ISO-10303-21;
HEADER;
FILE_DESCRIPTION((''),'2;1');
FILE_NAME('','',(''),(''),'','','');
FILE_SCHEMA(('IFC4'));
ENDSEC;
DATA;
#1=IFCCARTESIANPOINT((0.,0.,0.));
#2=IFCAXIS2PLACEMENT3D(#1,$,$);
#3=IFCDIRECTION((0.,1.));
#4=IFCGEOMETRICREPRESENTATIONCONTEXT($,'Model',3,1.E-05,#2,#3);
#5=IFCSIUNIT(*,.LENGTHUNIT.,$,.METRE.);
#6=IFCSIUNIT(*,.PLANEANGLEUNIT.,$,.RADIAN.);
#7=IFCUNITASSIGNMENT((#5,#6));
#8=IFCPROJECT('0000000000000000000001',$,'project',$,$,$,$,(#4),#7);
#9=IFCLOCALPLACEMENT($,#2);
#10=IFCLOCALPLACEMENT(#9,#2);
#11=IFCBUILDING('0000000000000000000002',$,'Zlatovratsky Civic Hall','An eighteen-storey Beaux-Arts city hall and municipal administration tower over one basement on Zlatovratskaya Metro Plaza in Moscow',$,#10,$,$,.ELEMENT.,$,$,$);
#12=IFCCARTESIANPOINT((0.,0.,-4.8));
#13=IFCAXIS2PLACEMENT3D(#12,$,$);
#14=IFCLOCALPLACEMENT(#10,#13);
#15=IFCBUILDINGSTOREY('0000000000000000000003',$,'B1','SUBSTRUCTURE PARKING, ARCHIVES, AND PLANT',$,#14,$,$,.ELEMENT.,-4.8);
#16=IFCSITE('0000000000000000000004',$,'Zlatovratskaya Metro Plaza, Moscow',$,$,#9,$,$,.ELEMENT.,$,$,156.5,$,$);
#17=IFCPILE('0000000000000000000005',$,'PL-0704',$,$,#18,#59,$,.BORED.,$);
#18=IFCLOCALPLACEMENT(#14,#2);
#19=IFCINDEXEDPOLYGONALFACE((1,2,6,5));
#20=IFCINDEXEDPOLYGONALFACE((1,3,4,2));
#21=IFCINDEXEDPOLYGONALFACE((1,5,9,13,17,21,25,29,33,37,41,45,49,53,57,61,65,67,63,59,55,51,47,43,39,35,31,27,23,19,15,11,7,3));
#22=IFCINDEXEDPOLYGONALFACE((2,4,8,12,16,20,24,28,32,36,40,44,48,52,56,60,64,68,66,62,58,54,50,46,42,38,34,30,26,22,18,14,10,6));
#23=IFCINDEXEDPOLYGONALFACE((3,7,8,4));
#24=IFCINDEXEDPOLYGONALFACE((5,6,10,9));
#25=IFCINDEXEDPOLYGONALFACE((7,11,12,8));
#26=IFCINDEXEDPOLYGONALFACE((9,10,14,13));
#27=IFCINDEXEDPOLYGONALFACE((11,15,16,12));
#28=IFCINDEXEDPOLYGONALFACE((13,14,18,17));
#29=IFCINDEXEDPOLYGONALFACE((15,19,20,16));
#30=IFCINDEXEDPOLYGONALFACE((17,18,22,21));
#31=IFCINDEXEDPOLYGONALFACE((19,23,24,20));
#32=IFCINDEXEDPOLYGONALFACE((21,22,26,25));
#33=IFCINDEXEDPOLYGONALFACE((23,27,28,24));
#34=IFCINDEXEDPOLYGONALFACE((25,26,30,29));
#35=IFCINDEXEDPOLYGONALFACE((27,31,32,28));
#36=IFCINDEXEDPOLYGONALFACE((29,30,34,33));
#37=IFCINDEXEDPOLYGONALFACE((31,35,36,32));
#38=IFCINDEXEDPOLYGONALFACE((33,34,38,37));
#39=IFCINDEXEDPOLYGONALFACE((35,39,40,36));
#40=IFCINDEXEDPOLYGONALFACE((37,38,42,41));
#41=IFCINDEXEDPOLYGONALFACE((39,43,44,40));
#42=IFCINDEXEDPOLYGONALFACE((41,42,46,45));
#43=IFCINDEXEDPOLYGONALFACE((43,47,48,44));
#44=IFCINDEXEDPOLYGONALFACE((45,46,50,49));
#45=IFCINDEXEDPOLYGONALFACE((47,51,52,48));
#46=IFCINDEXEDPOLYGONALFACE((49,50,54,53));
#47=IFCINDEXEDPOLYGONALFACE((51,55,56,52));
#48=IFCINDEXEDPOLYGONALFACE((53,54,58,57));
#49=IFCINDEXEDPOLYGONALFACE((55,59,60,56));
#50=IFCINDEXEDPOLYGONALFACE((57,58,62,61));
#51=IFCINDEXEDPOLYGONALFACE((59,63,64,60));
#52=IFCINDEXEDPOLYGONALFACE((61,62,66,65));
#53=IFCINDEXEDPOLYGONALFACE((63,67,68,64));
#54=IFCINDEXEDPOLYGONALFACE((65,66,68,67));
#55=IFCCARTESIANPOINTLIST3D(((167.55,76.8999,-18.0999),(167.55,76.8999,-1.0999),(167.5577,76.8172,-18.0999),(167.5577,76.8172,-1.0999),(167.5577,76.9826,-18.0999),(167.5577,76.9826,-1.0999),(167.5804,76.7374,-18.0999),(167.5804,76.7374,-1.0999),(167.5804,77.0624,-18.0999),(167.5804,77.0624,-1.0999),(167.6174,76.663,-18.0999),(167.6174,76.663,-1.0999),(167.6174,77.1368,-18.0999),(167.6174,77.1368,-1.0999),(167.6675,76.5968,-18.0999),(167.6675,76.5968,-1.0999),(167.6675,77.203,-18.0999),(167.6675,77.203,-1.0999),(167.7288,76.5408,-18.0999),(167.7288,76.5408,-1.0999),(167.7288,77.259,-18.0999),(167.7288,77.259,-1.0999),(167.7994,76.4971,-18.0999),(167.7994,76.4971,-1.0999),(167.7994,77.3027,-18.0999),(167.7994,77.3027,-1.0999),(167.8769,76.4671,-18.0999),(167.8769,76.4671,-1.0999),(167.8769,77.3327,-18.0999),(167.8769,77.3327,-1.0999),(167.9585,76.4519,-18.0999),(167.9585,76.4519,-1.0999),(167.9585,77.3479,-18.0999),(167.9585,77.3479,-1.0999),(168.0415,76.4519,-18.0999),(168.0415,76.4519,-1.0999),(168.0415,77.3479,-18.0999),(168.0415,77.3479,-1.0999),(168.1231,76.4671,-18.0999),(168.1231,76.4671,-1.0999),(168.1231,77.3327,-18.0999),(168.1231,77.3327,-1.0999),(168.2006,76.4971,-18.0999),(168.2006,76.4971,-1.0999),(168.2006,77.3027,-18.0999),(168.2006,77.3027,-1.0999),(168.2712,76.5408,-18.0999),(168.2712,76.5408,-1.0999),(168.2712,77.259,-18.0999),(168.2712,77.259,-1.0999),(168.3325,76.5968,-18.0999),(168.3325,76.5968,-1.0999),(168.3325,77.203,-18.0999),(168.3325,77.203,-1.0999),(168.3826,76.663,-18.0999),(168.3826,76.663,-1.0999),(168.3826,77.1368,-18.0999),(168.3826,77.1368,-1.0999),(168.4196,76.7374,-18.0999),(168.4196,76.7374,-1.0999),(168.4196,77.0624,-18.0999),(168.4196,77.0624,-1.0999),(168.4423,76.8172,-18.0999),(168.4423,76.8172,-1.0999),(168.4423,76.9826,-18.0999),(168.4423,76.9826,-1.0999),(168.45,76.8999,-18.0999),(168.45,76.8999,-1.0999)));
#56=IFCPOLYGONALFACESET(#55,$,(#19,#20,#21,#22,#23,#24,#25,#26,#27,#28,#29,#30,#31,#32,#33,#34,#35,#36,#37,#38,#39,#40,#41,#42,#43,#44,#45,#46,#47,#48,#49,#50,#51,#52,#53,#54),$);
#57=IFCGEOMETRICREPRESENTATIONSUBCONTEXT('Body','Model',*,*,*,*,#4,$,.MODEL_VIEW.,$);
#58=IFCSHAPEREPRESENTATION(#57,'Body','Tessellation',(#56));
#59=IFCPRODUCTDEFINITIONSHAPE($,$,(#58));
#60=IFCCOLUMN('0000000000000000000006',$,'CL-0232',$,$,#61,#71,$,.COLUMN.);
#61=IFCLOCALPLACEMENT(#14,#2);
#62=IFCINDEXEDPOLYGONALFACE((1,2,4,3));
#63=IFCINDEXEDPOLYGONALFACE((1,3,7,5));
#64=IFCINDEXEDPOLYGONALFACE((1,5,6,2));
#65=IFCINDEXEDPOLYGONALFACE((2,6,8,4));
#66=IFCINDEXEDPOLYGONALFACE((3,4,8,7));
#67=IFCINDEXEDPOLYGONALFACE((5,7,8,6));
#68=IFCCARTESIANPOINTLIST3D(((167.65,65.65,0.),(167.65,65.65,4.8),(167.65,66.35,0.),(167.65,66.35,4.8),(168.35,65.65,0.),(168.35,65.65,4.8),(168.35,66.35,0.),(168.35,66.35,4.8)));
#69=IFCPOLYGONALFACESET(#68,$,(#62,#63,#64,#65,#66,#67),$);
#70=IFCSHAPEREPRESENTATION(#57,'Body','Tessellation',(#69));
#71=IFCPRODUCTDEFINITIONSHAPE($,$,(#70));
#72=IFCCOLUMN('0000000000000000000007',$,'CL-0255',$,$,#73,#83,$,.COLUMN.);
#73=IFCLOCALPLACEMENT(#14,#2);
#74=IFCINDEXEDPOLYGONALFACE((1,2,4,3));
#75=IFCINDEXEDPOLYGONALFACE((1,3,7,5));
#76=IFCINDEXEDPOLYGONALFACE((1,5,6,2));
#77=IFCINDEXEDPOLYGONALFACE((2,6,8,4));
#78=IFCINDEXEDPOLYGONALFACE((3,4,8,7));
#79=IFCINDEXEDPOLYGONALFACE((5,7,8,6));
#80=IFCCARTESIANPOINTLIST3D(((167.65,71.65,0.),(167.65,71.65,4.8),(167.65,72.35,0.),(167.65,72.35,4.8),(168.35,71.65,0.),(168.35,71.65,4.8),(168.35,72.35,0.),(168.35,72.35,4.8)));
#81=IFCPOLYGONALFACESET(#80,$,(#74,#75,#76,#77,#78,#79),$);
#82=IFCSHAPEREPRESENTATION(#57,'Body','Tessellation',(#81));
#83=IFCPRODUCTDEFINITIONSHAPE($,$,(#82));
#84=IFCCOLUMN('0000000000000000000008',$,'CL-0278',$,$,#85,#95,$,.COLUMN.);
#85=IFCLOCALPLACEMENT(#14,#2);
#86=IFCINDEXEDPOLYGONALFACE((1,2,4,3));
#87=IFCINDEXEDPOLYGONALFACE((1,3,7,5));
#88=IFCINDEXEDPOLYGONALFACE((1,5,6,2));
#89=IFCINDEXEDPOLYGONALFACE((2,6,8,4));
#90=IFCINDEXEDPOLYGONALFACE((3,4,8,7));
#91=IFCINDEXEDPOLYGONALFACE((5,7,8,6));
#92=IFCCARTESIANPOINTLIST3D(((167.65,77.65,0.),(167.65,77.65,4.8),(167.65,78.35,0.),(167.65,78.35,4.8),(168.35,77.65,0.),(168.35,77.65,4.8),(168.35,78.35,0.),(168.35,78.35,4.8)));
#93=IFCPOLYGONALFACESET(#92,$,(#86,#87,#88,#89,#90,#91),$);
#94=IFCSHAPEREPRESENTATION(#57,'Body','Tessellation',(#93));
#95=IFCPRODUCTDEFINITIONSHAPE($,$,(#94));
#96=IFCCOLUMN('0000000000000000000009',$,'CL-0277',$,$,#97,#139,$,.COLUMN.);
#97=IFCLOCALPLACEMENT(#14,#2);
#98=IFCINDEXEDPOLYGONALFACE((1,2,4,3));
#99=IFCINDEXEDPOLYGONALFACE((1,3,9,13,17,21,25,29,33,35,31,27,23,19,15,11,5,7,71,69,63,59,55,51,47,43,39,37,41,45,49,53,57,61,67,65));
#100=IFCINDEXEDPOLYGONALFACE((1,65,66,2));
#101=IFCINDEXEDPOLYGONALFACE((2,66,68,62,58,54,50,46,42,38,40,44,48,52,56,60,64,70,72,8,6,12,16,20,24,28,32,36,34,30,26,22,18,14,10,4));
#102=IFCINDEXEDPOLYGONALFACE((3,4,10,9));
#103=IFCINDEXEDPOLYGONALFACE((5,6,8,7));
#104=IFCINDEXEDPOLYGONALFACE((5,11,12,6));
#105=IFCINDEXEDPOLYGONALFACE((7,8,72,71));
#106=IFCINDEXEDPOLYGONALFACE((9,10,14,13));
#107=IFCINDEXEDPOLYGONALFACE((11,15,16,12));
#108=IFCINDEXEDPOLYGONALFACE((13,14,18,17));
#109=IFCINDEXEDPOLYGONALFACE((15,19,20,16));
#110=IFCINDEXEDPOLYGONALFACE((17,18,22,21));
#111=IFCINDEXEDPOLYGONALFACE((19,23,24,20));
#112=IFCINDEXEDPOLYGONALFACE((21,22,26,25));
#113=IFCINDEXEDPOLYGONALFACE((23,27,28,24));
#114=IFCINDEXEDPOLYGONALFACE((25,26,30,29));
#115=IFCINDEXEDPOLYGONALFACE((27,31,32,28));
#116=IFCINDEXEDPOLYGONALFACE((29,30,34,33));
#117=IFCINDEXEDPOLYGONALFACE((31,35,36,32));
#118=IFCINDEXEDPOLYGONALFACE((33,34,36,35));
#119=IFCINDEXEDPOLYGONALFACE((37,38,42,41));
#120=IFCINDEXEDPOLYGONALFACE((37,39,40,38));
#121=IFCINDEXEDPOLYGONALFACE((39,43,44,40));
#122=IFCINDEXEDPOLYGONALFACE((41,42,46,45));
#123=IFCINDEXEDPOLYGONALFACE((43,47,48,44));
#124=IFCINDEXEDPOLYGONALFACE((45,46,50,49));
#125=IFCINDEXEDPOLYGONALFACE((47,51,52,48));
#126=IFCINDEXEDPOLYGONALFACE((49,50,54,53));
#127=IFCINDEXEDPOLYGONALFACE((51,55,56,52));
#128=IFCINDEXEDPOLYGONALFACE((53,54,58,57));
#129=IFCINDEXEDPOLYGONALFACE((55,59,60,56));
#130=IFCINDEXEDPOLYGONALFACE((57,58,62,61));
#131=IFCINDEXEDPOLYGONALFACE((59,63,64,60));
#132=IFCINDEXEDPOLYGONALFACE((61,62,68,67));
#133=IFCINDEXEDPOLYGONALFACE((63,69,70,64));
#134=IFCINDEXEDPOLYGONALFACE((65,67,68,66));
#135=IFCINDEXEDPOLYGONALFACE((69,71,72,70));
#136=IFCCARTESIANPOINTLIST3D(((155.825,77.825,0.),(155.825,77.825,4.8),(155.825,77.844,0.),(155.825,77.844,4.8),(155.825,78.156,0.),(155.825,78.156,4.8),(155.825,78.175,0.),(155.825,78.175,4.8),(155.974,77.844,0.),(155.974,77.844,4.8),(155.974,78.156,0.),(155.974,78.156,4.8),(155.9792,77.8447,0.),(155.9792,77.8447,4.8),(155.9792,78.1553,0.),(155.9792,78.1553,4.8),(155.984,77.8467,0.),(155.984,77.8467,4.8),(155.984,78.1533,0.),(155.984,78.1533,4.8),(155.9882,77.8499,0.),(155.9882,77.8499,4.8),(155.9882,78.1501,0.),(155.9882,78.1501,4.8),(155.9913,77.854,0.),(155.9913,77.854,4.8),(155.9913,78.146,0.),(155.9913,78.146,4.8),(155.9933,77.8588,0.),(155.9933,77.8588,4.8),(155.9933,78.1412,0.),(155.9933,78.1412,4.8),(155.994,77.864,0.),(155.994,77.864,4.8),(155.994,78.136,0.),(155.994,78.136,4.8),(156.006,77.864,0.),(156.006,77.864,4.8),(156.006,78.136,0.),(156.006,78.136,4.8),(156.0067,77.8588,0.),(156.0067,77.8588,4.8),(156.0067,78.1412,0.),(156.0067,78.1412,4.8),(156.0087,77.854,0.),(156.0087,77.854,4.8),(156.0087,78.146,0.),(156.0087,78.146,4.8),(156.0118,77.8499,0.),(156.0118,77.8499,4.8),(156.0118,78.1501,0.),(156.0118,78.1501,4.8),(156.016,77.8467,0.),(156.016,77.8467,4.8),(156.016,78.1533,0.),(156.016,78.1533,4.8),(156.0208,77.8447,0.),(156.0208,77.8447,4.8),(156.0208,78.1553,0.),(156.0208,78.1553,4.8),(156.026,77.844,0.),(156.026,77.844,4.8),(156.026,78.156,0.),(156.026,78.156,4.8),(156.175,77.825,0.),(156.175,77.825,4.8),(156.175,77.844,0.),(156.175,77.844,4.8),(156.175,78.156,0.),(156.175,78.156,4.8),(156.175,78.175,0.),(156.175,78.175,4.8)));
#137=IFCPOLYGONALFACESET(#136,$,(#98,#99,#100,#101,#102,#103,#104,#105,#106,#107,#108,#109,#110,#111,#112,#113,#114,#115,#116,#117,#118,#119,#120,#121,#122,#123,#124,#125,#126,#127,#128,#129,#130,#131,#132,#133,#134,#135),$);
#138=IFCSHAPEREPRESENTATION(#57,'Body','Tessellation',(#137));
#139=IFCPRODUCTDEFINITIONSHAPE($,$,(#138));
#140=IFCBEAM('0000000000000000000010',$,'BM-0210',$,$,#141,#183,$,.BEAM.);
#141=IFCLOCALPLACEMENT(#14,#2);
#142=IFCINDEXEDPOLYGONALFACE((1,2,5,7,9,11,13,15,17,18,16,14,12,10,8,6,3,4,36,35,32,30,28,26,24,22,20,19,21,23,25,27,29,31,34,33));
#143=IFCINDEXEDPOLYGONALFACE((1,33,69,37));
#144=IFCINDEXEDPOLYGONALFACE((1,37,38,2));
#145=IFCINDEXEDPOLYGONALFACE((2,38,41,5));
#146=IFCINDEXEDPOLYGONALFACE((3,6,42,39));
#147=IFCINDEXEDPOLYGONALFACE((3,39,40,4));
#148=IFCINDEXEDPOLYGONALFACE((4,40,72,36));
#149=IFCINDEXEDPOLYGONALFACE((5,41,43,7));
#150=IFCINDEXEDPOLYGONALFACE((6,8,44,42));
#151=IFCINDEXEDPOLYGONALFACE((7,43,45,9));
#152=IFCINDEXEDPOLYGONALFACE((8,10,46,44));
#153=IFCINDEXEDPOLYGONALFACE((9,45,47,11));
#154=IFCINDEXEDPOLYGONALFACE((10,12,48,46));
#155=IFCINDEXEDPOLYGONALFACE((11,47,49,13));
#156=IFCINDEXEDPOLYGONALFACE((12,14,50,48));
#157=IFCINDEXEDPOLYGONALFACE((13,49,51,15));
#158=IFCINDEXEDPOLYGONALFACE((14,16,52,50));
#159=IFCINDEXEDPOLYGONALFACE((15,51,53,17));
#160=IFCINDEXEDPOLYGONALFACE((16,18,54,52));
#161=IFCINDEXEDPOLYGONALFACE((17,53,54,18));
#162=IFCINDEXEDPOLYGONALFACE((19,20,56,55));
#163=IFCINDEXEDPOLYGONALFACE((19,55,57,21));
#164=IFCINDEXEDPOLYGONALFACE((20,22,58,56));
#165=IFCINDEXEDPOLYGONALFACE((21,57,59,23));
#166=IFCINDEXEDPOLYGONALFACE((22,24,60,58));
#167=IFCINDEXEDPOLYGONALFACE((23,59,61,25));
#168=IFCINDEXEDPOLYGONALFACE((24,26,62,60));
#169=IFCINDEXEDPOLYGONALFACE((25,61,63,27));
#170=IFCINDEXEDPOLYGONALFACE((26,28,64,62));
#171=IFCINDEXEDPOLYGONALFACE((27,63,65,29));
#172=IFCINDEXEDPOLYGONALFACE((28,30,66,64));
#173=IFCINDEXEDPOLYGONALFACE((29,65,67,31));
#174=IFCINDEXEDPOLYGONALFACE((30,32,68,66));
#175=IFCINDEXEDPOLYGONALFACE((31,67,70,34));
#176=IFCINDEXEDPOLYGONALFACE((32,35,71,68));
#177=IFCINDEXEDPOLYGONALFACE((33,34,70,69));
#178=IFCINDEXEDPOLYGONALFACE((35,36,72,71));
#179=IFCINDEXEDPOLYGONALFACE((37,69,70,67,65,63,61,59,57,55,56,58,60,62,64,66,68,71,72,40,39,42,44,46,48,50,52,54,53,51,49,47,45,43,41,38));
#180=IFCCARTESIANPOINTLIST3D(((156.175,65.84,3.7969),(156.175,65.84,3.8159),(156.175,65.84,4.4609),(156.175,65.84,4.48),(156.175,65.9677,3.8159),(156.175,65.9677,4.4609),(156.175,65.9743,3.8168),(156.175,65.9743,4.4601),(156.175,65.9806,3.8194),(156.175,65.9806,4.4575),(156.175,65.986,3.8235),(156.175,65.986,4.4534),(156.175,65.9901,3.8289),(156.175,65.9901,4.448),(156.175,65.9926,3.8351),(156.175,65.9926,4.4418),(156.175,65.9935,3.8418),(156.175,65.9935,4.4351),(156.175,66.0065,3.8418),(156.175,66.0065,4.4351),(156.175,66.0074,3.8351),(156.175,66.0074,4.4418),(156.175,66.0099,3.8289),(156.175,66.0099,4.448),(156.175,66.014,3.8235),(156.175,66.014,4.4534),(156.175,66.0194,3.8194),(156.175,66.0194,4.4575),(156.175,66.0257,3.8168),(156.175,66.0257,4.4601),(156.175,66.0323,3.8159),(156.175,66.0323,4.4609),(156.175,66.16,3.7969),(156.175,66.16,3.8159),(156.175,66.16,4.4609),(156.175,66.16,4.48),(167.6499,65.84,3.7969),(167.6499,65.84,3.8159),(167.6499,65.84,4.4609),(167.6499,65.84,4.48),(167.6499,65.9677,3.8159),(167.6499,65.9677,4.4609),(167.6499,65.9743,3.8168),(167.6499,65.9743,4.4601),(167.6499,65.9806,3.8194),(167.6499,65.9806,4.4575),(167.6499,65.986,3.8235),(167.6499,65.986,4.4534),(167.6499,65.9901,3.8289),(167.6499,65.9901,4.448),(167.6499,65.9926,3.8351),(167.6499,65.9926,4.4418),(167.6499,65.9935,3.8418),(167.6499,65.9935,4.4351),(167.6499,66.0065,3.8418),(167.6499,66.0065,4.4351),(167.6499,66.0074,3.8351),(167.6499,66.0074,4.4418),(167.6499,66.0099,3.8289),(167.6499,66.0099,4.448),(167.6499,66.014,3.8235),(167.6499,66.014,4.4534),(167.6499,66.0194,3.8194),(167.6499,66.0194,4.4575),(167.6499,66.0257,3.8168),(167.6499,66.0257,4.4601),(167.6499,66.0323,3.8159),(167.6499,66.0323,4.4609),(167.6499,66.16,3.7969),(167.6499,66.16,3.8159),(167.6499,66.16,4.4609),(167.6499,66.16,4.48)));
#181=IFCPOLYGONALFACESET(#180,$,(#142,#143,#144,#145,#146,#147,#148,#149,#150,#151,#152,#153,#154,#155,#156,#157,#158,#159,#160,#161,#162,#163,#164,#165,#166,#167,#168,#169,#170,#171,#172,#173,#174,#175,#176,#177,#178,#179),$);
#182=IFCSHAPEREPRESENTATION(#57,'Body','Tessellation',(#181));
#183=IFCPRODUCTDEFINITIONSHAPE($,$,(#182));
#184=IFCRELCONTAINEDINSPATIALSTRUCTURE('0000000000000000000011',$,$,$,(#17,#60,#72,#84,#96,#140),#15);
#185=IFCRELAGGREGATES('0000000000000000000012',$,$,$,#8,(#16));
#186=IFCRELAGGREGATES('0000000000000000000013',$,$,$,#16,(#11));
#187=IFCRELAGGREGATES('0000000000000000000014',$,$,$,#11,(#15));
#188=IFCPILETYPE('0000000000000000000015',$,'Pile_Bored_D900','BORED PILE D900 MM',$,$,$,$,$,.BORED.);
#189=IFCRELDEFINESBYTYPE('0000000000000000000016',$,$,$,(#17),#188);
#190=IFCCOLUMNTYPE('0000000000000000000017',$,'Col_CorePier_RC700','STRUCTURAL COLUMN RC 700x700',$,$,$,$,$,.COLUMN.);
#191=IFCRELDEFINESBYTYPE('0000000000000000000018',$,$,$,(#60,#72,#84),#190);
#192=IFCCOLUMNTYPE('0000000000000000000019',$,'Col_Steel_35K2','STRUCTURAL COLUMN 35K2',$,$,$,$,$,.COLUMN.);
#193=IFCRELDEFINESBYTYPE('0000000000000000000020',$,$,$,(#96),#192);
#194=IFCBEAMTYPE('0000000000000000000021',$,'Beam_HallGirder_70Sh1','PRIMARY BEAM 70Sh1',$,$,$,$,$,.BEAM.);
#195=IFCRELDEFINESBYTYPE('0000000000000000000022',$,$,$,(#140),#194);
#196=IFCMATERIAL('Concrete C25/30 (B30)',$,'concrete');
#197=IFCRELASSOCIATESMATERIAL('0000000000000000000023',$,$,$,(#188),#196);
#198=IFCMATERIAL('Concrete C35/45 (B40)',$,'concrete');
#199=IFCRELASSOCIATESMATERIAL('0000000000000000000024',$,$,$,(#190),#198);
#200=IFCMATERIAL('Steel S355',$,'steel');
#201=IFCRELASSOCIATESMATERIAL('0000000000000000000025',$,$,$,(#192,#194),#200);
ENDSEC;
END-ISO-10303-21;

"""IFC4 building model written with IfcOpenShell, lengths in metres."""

from ifc_helpers import new_model, si_unit, direction, frame, origin, origin_2d, place, context, subcontext, project, spatial, rectangle, circle, i_section, extrude, material, material_profile, profile_set, type_object, element, save


model = new_model("IFC4")

# Units and contexts
model_context = context("Model", 3, precision=1e-05, world=origin(), true_north=direction((0.0, 1.0)))
body_context = subcontext(model_context, "Body", "Model", "MODEL_VIEW")
ifc_project = project(units=[si_unit("LENGTHUNIT", "METRE"), si_unit("PLANEANGLEUNIT", "RADIAN")], contexts=[model_context])

# Site, building, storey
site_placement = place(None, origin())
site = spatial("IfcSite", under=ifc_project, at=site_placement, Name="Zlatovratskaya Metro Plaza, Moscow", CompositionType="ELEMENT", RefElevation=156.5)
building_placement = place(site_placement, origin())
building = spatial("IfcBuilding", under=site, at=building_placement, Name="Zlatovratsky Civic Hall", Description="An eighteen-storey Beaux-Arts city hall and municipal administration tower over one basement on Zlatovratskaya Metro Plaza in Moscow", CompositionType="ELEMENT")
storey_placement = place(building_placement, frame((0.0, 0.0, -4.8)))
storey = spatial("IfcBuildingStorey", under=building, at=storey_placement, Name="B1", Description="SUBSTRUCTURE PARKING, ARCHIVES, AND PLANT", CompositionType="ELEMENT", Elevation=-4.8)

# Shared definitions
ifc_material_1 = material(Name="Concrete C25/30 (B30)", Category="concrete")

# Pile
ifc_material_profile_1 = material_profile(ifc_material_1, circle(Radius=0.45, at=origin_2d()), Name="PILE D900")
ifc_profile_set_1 = profile_set([ifc_material_profile_1], Name="Concrete C25/30 (B30)")
pile_type = type_object("IfcPileType", Name="Pile_Bored_D900", Description="BORED PILE D900 MM", PredefinedType="BORED", material=ifc_profile_set_1)
pile_1_placement = place(storey_placement, frame((168.0, 76.8999, -1.0999), z_axis=(0.0, 0.0, -1.0), x_axis=(1.0, 0.0, 0.0)))
element("IfcPile", 1, at=pile_1_placement, inside=storey, type_object=pile_type, Name="PL-0704", PredefinedType="BORED", context=body_context, shape_type="SweptSolid", body=[
    extrude(circle(Radius=0.45, at=origin_2d()), origin(), (0.0, 0.0, 1.0), 17.0),
])

# Columns
ifc_material_2 = material(Name="Concrete C35/45 (B40)", Category="concrete")
ifc_material_profile_2 = material_profile(ifc_material_2, rectangle(XDim=0.7, YDim=0.7, at=origin_2d()), Name="RC 700x700")
ifc_profile_set_2 = profile_set([ifc_material_profile_2], Name="Concrete C35/45 (B40)")
column_type_1 = type_object("IfcColumnType", Name="Col_CorePier_RC700", Description="STRUCTURAL COLUMN RC 700x700", PredefinedType="COLUMN", material=ifc_profile_set_2)
for number, where, z_axis, x_axis, name in (
    (2, (168.0, 66.0, 0.0), (0.0, 0.0, 1.0), (1.0, 0.0, 0.0), "CL-0232"),
    (3, (168.0, 72.0, 0.0), (0.0, 0.0, 1.0), (1.0, 0.0, 0.0), "CL-0255"),
    (4, (168.0, 78.0, 0.0), (0.0, 0.0, 1.0), (1.0, 0.0, 0.0), "CL-0278"),
):
    element("IfcColumn", number, at=place(storey_placement, frame(where, z_axis=z_axis, x_axis=x_axis)), inside=storey, type_object=column_type_1, Name=name, PredefinedType="COLUMN", context=body_context, shape_type="SweptSolid", body=[
        extrude(rectangle(XDim=0.7, YDim=0.7, at=origin_2d()), origin(), (0.0, 0.0, 1.0), 4.8),
    ])
ifc_material_3 = material(Name="Steel S355", Category="steel")
ifc_material_profile_3 = material_profile(ifc_material_3, i_section(OverallWidth=0.3501, OverallDepth=0.3501, WebThickness=0.012, FlangeThickness=0.019, FilletRadius=0.02, at=origin_2d()), Name="35K2")
ifc_profile_set_3 = profile_set([ifc_material_profile_3], Name="Steel S355")
column_type_2 = type_object("IfcColumnType", Name="Col_Steel_35K2", Description="STRUCTURAL COLUMN 35K2", PredefinedType="COLUMN", material=ifc_profile_set_3)
column_placement = place(storey_placement, frame((156.0, 78.0, 0.0), z_axis=(0.0, 0.0, 1.0), x_axis=(1.0, 0.0, 0.0)))
element("IfcColumn", 5, at=column_placement, inside=storey, type_object=column_type_2, Name="CL-0277", PredefinedType="COLUMN", context=body_context, shape_type="SweptSolid", body=[
    extrude(i_section(OverallWidth=0.3501, OverallDepth=0.3501, WebThickness=0.012, FlangeThickness=0.019, FilletRadius=0.02, at=origin_2d()), origin(), (0.0, 0.0, 1.0), 4.8),
])

# Beam
ifc_material_profile_4 = material_profile(ifc_material_3, i_section(OverallWidth=0.3201, OverallDepth=0.6831, WebThickness=0.0129, FlangeThickness=0.019, FilletRadius=0.0259, at=origin_2d()), Name="70Sh1")
ifc_profile_set_4 = profile_set([ifc_material_profile_4], Name="Steel S355")
beam_type_1 = type_object("IfcBeamType", Name="Beam_HallGirder_70Sh1", Description="PRIMARY BEAM 70Sh1", PredefinedType="BEAM", material=ifc_profile_set_4)
for number, where, z_axis, x_axis, name in (
    (6, (156.175, 66.0, 4.1384), (1.0, 0.0, 0.0), (0.0, 1.0, 0.0), "BM-0210"),
):
    element("IfcBeam", number, at=place(storey_placement, frame(where, z_axis=z_axis, x_axis=x_axis)), inside=storey, type_object=beam_type_1, Name=name, PredefinedType="BEAM", context=body_context, shape_type="SweptSolid", body=[
        extrude(i_section(OverallWidth=0.3201, OverallDepth=0.6831, WebThickness=0.0129, FlangeThickness=0.019, FilletRadius=0.0259, at=origin_2d()), origin(), (0.0, 0.0, 1.0), 11.4749),
    ])

save(model, "model.ifc")
